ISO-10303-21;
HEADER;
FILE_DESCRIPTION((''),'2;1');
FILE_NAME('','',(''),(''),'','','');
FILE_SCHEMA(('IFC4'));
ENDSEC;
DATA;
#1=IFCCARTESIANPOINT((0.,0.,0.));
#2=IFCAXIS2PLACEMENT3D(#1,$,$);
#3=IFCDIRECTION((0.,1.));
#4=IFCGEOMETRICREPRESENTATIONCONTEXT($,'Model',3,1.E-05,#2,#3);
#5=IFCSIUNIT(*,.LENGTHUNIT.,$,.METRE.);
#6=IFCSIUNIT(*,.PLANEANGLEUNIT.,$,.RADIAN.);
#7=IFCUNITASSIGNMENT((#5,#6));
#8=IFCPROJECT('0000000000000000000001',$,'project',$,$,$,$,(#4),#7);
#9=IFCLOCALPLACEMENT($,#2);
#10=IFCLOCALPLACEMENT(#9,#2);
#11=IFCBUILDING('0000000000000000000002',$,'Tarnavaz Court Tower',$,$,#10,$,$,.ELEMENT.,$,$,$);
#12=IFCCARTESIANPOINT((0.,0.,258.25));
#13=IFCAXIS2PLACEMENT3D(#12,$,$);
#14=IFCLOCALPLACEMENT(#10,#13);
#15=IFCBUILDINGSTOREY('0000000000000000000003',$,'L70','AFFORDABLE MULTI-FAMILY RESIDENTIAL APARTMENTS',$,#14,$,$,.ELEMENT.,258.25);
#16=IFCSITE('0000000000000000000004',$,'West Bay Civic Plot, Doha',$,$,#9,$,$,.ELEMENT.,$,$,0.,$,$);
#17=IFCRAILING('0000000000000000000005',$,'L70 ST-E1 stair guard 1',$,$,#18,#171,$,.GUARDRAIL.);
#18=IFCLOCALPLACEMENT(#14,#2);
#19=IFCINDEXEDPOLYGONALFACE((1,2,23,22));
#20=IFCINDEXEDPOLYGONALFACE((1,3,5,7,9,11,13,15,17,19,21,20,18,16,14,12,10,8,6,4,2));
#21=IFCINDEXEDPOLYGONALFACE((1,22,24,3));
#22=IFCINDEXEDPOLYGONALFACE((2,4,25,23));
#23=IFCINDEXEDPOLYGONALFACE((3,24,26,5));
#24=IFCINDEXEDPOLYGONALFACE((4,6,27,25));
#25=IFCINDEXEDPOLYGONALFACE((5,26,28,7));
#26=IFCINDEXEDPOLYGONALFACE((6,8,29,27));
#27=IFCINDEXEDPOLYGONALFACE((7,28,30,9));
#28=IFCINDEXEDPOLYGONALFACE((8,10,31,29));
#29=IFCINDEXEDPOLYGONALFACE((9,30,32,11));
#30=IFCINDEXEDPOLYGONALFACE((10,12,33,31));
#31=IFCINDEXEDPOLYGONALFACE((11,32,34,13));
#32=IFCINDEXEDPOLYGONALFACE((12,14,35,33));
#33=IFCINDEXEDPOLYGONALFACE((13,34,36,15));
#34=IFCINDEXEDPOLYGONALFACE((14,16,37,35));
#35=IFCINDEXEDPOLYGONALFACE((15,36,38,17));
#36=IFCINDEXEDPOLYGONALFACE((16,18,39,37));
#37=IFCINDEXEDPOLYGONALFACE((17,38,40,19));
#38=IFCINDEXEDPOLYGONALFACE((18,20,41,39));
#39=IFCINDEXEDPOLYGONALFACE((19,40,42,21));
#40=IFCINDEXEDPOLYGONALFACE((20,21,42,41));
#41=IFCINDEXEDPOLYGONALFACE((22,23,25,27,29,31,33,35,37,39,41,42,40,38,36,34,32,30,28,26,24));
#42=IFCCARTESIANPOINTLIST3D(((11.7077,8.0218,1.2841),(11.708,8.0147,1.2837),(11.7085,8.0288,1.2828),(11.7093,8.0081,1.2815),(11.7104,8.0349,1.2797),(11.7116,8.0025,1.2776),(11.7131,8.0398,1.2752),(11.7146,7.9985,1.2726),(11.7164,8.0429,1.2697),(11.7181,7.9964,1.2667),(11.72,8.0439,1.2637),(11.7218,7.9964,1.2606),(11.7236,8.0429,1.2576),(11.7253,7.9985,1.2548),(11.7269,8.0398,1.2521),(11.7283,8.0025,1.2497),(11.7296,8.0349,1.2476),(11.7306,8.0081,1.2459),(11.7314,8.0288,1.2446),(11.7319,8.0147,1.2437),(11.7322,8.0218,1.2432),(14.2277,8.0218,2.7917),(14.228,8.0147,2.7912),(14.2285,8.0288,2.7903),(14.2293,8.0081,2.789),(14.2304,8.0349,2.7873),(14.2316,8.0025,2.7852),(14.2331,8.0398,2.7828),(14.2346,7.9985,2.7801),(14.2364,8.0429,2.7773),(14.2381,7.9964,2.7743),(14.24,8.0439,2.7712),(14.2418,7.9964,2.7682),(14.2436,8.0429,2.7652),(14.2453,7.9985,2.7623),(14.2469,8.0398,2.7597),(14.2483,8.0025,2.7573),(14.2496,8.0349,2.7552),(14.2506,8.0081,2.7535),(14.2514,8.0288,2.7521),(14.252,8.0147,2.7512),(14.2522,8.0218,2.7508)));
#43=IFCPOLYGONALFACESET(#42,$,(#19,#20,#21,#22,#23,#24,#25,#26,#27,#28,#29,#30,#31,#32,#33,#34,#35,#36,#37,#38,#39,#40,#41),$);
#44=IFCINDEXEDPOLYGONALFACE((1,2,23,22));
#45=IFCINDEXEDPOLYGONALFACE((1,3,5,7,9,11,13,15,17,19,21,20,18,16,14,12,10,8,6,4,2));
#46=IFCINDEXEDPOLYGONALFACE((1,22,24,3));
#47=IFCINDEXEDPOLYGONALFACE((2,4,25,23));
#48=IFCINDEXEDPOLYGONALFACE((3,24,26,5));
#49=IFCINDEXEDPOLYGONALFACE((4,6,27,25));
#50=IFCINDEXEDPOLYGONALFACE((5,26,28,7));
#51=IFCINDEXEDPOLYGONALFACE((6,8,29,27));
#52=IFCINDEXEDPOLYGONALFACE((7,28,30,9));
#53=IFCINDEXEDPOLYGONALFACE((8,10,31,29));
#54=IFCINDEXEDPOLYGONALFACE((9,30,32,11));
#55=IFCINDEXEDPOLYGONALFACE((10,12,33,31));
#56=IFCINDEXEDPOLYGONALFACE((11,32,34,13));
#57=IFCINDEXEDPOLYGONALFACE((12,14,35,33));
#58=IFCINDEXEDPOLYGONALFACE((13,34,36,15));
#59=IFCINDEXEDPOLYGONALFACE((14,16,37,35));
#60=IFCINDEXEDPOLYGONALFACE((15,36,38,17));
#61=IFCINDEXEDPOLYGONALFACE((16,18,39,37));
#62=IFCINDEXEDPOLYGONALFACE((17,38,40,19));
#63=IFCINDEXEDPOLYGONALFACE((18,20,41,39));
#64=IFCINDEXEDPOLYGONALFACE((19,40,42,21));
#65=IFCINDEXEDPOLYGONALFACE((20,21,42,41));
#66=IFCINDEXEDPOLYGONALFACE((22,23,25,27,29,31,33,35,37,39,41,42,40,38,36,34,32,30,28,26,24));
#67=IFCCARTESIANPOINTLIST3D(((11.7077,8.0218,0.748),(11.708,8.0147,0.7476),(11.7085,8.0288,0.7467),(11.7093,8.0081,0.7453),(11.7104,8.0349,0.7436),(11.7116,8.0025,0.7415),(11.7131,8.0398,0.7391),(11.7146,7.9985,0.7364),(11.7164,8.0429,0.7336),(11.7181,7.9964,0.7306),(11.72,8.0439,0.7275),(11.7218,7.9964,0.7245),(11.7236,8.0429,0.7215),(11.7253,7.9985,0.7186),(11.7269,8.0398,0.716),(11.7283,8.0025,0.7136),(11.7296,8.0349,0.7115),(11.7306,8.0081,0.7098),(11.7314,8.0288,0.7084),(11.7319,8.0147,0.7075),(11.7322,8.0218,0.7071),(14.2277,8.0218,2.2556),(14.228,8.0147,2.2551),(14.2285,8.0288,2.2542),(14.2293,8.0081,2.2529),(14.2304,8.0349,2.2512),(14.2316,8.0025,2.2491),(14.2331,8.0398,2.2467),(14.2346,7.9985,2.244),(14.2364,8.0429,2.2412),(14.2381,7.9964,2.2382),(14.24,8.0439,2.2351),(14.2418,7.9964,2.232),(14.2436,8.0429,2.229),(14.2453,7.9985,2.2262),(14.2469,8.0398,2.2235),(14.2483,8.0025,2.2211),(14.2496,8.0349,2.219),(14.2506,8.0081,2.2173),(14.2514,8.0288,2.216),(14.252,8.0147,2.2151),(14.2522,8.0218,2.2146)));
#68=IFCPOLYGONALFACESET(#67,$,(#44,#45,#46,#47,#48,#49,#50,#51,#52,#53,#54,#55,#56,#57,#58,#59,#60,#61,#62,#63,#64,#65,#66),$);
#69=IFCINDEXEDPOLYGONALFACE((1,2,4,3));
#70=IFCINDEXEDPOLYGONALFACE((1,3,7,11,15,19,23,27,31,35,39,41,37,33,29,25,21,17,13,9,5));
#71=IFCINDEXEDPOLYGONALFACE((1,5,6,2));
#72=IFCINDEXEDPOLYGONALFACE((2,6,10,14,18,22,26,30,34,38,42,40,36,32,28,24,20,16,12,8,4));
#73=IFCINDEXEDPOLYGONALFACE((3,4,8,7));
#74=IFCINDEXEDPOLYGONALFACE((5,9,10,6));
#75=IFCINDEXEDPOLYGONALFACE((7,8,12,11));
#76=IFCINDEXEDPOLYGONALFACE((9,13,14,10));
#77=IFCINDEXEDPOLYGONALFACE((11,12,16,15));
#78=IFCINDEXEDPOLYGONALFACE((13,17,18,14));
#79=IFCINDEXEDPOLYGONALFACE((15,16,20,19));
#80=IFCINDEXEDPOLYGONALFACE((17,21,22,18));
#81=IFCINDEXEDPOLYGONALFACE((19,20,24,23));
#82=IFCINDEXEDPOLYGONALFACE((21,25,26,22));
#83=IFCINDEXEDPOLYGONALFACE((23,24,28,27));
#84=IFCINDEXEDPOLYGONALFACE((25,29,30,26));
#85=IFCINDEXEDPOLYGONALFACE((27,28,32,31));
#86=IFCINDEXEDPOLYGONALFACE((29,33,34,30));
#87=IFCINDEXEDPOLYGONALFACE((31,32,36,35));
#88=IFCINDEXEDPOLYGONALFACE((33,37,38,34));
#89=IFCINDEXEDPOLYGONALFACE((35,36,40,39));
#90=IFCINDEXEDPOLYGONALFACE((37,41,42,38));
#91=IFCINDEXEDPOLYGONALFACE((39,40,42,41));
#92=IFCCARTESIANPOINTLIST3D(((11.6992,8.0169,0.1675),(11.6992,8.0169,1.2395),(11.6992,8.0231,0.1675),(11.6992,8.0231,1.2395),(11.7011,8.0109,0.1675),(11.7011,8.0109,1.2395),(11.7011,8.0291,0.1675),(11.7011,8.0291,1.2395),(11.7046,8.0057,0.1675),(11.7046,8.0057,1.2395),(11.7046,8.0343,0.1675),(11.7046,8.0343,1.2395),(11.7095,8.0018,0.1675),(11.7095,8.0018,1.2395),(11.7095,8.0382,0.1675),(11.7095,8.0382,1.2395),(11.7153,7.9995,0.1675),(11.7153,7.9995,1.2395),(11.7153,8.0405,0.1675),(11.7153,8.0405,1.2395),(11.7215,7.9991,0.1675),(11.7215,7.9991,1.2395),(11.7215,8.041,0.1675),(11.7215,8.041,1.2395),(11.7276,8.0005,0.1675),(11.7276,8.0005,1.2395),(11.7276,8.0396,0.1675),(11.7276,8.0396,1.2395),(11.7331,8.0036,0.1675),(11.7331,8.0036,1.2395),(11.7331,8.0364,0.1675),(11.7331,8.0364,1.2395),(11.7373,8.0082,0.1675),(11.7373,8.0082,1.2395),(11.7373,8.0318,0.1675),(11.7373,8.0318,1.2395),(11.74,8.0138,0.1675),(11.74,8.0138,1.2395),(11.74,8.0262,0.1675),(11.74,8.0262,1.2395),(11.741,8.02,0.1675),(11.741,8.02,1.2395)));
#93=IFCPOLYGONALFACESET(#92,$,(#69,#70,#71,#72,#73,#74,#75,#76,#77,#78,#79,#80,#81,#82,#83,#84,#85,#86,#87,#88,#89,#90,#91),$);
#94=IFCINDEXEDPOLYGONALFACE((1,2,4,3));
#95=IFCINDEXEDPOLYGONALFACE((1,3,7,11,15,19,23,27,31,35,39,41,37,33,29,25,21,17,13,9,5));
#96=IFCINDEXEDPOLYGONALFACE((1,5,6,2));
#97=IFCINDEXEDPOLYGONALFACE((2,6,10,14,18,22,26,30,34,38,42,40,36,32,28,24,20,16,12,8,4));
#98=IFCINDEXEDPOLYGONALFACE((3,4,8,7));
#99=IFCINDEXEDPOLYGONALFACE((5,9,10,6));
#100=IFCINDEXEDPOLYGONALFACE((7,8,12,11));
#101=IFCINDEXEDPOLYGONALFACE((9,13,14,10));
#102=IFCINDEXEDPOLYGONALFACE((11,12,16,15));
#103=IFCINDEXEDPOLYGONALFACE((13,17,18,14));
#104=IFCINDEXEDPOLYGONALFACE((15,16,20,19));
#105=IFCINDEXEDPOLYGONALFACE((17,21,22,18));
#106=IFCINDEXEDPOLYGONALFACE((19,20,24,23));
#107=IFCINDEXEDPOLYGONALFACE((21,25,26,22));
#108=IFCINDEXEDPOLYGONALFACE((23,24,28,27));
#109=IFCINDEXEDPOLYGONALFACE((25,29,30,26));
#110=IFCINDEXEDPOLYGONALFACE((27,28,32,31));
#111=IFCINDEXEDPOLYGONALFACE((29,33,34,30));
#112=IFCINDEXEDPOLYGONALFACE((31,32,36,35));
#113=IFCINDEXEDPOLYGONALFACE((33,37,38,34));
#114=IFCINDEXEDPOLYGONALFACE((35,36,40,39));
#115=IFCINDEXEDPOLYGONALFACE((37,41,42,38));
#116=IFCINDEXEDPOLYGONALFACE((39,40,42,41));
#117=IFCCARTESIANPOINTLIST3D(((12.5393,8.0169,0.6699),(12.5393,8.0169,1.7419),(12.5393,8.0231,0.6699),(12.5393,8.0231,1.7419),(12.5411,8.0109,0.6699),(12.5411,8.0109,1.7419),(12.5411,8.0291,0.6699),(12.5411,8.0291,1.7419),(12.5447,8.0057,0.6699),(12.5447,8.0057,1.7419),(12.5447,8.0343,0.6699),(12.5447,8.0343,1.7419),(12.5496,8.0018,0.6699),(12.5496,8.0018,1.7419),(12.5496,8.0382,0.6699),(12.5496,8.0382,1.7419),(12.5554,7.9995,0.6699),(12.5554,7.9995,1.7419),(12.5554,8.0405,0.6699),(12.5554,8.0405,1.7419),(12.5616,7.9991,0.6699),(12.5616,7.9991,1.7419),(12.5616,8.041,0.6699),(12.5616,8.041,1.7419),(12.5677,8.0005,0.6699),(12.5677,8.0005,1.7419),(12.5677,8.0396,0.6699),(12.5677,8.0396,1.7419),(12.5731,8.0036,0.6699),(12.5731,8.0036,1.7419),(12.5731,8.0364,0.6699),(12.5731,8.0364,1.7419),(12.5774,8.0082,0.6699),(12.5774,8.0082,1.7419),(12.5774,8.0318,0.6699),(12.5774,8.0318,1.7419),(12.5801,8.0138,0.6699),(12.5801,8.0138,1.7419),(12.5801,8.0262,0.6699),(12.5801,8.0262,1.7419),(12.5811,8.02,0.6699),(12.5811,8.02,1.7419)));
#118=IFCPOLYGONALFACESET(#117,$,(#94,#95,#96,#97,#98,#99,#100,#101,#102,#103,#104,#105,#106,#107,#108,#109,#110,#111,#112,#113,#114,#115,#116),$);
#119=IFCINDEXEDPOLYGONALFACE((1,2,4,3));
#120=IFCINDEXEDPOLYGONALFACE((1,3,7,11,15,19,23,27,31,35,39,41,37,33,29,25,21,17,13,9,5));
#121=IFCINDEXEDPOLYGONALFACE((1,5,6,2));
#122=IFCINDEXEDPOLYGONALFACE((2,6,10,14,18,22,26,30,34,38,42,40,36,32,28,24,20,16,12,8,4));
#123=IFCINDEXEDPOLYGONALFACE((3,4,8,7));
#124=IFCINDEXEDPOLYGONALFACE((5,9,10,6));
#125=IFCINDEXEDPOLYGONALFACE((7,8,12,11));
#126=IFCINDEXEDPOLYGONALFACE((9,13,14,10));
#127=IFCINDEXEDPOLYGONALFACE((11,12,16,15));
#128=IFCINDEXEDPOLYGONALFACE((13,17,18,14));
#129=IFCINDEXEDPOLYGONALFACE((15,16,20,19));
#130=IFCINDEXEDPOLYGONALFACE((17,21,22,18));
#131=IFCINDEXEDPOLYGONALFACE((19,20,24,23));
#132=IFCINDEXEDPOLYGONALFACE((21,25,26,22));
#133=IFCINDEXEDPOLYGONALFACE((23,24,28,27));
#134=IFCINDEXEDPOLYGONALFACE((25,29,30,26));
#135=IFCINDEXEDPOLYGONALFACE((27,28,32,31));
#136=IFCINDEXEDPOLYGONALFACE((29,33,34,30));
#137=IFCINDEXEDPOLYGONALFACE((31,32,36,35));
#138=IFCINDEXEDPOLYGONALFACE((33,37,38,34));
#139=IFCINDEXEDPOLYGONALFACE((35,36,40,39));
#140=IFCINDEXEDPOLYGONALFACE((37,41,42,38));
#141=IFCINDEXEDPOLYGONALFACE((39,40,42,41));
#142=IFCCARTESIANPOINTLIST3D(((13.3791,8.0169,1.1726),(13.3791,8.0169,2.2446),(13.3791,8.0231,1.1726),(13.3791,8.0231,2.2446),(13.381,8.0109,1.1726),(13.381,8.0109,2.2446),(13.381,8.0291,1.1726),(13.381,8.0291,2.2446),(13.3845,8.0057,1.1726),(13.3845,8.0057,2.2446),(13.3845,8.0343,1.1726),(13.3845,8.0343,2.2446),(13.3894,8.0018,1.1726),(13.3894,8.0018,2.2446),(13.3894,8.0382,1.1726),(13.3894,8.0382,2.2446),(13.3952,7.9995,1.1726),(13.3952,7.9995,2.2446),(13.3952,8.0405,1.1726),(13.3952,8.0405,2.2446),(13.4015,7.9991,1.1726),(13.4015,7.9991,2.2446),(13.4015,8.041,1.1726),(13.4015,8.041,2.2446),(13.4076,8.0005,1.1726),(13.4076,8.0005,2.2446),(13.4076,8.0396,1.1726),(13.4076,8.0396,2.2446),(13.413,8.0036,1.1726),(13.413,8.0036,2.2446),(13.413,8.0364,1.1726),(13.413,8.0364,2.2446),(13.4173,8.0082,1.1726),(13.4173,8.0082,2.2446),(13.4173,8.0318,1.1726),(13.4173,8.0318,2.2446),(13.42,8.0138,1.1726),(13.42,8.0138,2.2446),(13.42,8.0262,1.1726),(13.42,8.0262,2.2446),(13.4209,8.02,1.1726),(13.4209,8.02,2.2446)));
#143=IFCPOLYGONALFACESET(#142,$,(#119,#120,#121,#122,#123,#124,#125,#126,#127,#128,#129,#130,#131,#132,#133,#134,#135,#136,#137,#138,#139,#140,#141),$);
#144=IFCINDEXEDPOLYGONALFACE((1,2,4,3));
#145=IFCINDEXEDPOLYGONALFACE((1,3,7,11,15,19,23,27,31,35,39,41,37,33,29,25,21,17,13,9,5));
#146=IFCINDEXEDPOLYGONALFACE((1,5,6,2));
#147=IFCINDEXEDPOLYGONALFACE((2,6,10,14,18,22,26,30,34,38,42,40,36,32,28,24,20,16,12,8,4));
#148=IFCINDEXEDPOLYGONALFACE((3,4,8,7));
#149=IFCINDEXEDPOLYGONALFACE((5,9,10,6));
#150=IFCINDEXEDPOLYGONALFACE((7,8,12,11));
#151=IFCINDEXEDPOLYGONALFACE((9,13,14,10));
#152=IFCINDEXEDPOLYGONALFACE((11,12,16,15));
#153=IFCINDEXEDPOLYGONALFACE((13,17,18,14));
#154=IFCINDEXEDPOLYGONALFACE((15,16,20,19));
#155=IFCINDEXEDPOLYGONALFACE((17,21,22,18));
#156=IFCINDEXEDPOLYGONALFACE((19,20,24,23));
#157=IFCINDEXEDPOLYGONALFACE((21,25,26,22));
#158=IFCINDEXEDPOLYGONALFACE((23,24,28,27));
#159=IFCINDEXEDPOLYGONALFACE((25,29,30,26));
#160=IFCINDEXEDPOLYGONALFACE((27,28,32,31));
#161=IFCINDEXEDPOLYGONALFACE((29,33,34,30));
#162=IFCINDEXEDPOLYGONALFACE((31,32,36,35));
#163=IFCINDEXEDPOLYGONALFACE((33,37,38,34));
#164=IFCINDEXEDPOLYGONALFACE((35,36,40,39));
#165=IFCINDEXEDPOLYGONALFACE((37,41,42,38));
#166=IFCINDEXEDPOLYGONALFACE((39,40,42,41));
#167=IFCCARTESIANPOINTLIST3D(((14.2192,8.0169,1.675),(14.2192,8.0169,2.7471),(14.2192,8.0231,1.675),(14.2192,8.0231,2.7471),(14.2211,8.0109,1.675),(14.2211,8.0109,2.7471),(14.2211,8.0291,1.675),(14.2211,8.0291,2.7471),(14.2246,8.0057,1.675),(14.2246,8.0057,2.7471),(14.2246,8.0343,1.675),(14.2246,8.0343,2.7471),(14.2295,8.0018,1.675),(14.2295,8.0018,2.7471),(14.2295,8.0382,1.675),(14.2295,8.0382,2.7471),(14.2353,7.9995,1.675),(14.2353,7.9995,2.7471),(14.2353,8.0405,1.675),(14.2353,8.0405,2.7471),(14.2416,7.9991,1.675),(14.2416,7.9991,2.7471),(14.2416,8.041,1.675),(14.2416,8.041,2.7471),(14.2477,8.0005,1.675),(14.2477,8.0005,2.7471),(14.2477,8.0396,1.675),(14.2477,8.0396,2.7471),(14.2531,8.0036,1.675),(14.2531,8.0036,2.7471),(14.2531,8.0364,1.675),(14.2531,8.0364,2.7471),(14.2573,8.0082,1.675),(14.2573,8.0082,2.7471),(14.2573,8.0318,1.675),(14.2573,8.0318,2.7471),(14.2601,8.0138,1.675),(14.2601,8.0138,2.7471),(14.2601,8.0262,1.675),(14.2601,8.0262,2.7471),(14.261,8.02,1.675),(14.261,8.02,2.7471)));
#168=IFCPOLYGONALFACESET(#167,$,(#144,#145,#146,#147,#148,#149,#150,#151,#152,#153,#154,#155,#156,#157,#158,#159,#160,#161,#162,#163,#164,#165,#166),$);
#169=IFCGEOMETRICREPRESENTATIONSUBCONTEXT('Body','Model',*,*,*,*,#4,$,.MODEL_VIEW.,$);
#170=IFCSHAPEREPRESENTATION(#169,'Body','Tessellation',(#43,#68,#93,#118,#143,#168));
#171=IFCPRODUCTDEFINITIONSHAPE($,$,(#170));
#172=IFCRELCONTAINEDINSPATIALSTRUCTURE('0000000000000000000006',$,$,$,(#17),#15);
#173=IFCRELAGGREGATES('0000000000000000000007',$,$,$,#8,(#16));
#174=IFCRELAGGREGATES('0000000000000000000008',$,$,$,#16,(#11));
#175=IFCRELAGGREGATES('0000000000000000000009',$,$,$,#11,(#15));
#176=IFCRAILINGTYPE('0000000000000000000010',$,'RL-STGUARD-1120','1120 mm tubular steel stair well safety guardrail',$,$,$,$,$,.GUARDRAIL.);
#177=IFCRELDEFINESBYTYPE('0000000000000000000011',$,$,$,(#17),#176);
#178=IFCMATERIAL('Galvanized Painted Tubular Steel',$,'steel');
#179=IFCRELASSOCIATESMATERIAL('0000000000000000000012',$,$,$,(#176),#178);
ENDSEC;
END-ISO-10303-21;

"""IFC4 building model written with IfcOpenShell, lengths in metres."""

from ifc_helpers import new_model, si_unit, direction, frame, origin, origin_2d, place, context, subcontext, project, spatial, circle, extrude, material, type_object, element, save


model = new_model("IFC4")

# Units and contexts
model_context = context("Model", 3, precision=1e-05, world=origin(), true_north=direction((0.0, 1.0)))
body_context = subcontext(model_context, "Body", "Model", "MODEL_VIEW")
ifc_project = project(units=[si_unit("LENGTHUNIT", "METRE"), si_unit("PLANEANGLEUNIT", "RADIAN")], contexts=[model_context])

# Site, building, storey
site_placement = place(None, origin())
site = spatial("IfcSite", under=ifc_project, at=site_placement, Name="West Bay Civic Plot, Doha", CompositionType="ELEMENT", RefElevation=0.0)
building_placement = place(site_placement, origin())
building = spatial("IfcBuilding", under=site, at=building_placement, Name="Tarnavaz Court Tower", CompositionType="ELEMENT")
storey_placement = place(building_placement, frame((0.0, 0.0, 258.25)))
storey = spatial("IfcBuildingStorey", under=building, at=storey_placement, Name="L70", Description="AFFORDABLE MULTI-FAMILY RESIDENTIAL APARTMENTS", CompositionType="ELEMENT", Elevation=258.25)

# Railing
ifc_material_1 = material(Name="Galvanized Painted Tubular Steel", Category="steel")
railing_type_1 = type_object("IfcRailingType", Name="RL-STGUARD-1120", Description="1120 mm tubular steel stair well safety guardrail", PredefinedType="GUARDRAIL", material=ifc_material_1)
railing_1_placement = place(storey_placement, frame((11.72, 8.02, 0.1675)))
element("IfcRailing", 1, at=railing_1_placement, inside=storey, type_object=railing_type_1, Name="L70 ST-E1 stair guard 1", PredefinedType="GUARDRAIL", context=body_context, shape_type="SweptSolid", body=[
    extrude(circle(Radius=0.0239, at=origin_2d()), frame((0.0, 0.0, 1.0962), z_axis=(0.85816, 0.0, 0.513383), x_axis=(0.0, 1.0, 0.0)), (0.0, 0.0, 1.0), 2.9365),
    extrude(circle(Radius=0.0239, at=origin_2d()), frame((0.0, 0.0, 0.5601), z_axis=(0.85816, 0.0, 0.513383), x_axis=(0.0, 1.0, 0.0)), (0.0, 0.0, 1.0), 2.9365),
    extrude(circle(Radius=0.021, at=origin_2d()), origin(), (0.0, 0.0, 1.0), 1.072),
    extrude(circle(Radius=0.021, at=origin_2d()), frame((0.8401, 0.0, 0.5024)), (0.0, 0.0, 1.0), 1.072),
    extrude(circle(Radius=0.021, at=origin_2d()), frame((1.6799, 0.0, 1.0051)), (0.0, 0.0, 1.0), 1.072),
    extrude(circle(Radius=0.021, at=origin_2d()), frame((2.52, 0.0, 1.5076)), (0.0, 0.0, 1.0), 1.072),
])

save(model, "model.ifc")
